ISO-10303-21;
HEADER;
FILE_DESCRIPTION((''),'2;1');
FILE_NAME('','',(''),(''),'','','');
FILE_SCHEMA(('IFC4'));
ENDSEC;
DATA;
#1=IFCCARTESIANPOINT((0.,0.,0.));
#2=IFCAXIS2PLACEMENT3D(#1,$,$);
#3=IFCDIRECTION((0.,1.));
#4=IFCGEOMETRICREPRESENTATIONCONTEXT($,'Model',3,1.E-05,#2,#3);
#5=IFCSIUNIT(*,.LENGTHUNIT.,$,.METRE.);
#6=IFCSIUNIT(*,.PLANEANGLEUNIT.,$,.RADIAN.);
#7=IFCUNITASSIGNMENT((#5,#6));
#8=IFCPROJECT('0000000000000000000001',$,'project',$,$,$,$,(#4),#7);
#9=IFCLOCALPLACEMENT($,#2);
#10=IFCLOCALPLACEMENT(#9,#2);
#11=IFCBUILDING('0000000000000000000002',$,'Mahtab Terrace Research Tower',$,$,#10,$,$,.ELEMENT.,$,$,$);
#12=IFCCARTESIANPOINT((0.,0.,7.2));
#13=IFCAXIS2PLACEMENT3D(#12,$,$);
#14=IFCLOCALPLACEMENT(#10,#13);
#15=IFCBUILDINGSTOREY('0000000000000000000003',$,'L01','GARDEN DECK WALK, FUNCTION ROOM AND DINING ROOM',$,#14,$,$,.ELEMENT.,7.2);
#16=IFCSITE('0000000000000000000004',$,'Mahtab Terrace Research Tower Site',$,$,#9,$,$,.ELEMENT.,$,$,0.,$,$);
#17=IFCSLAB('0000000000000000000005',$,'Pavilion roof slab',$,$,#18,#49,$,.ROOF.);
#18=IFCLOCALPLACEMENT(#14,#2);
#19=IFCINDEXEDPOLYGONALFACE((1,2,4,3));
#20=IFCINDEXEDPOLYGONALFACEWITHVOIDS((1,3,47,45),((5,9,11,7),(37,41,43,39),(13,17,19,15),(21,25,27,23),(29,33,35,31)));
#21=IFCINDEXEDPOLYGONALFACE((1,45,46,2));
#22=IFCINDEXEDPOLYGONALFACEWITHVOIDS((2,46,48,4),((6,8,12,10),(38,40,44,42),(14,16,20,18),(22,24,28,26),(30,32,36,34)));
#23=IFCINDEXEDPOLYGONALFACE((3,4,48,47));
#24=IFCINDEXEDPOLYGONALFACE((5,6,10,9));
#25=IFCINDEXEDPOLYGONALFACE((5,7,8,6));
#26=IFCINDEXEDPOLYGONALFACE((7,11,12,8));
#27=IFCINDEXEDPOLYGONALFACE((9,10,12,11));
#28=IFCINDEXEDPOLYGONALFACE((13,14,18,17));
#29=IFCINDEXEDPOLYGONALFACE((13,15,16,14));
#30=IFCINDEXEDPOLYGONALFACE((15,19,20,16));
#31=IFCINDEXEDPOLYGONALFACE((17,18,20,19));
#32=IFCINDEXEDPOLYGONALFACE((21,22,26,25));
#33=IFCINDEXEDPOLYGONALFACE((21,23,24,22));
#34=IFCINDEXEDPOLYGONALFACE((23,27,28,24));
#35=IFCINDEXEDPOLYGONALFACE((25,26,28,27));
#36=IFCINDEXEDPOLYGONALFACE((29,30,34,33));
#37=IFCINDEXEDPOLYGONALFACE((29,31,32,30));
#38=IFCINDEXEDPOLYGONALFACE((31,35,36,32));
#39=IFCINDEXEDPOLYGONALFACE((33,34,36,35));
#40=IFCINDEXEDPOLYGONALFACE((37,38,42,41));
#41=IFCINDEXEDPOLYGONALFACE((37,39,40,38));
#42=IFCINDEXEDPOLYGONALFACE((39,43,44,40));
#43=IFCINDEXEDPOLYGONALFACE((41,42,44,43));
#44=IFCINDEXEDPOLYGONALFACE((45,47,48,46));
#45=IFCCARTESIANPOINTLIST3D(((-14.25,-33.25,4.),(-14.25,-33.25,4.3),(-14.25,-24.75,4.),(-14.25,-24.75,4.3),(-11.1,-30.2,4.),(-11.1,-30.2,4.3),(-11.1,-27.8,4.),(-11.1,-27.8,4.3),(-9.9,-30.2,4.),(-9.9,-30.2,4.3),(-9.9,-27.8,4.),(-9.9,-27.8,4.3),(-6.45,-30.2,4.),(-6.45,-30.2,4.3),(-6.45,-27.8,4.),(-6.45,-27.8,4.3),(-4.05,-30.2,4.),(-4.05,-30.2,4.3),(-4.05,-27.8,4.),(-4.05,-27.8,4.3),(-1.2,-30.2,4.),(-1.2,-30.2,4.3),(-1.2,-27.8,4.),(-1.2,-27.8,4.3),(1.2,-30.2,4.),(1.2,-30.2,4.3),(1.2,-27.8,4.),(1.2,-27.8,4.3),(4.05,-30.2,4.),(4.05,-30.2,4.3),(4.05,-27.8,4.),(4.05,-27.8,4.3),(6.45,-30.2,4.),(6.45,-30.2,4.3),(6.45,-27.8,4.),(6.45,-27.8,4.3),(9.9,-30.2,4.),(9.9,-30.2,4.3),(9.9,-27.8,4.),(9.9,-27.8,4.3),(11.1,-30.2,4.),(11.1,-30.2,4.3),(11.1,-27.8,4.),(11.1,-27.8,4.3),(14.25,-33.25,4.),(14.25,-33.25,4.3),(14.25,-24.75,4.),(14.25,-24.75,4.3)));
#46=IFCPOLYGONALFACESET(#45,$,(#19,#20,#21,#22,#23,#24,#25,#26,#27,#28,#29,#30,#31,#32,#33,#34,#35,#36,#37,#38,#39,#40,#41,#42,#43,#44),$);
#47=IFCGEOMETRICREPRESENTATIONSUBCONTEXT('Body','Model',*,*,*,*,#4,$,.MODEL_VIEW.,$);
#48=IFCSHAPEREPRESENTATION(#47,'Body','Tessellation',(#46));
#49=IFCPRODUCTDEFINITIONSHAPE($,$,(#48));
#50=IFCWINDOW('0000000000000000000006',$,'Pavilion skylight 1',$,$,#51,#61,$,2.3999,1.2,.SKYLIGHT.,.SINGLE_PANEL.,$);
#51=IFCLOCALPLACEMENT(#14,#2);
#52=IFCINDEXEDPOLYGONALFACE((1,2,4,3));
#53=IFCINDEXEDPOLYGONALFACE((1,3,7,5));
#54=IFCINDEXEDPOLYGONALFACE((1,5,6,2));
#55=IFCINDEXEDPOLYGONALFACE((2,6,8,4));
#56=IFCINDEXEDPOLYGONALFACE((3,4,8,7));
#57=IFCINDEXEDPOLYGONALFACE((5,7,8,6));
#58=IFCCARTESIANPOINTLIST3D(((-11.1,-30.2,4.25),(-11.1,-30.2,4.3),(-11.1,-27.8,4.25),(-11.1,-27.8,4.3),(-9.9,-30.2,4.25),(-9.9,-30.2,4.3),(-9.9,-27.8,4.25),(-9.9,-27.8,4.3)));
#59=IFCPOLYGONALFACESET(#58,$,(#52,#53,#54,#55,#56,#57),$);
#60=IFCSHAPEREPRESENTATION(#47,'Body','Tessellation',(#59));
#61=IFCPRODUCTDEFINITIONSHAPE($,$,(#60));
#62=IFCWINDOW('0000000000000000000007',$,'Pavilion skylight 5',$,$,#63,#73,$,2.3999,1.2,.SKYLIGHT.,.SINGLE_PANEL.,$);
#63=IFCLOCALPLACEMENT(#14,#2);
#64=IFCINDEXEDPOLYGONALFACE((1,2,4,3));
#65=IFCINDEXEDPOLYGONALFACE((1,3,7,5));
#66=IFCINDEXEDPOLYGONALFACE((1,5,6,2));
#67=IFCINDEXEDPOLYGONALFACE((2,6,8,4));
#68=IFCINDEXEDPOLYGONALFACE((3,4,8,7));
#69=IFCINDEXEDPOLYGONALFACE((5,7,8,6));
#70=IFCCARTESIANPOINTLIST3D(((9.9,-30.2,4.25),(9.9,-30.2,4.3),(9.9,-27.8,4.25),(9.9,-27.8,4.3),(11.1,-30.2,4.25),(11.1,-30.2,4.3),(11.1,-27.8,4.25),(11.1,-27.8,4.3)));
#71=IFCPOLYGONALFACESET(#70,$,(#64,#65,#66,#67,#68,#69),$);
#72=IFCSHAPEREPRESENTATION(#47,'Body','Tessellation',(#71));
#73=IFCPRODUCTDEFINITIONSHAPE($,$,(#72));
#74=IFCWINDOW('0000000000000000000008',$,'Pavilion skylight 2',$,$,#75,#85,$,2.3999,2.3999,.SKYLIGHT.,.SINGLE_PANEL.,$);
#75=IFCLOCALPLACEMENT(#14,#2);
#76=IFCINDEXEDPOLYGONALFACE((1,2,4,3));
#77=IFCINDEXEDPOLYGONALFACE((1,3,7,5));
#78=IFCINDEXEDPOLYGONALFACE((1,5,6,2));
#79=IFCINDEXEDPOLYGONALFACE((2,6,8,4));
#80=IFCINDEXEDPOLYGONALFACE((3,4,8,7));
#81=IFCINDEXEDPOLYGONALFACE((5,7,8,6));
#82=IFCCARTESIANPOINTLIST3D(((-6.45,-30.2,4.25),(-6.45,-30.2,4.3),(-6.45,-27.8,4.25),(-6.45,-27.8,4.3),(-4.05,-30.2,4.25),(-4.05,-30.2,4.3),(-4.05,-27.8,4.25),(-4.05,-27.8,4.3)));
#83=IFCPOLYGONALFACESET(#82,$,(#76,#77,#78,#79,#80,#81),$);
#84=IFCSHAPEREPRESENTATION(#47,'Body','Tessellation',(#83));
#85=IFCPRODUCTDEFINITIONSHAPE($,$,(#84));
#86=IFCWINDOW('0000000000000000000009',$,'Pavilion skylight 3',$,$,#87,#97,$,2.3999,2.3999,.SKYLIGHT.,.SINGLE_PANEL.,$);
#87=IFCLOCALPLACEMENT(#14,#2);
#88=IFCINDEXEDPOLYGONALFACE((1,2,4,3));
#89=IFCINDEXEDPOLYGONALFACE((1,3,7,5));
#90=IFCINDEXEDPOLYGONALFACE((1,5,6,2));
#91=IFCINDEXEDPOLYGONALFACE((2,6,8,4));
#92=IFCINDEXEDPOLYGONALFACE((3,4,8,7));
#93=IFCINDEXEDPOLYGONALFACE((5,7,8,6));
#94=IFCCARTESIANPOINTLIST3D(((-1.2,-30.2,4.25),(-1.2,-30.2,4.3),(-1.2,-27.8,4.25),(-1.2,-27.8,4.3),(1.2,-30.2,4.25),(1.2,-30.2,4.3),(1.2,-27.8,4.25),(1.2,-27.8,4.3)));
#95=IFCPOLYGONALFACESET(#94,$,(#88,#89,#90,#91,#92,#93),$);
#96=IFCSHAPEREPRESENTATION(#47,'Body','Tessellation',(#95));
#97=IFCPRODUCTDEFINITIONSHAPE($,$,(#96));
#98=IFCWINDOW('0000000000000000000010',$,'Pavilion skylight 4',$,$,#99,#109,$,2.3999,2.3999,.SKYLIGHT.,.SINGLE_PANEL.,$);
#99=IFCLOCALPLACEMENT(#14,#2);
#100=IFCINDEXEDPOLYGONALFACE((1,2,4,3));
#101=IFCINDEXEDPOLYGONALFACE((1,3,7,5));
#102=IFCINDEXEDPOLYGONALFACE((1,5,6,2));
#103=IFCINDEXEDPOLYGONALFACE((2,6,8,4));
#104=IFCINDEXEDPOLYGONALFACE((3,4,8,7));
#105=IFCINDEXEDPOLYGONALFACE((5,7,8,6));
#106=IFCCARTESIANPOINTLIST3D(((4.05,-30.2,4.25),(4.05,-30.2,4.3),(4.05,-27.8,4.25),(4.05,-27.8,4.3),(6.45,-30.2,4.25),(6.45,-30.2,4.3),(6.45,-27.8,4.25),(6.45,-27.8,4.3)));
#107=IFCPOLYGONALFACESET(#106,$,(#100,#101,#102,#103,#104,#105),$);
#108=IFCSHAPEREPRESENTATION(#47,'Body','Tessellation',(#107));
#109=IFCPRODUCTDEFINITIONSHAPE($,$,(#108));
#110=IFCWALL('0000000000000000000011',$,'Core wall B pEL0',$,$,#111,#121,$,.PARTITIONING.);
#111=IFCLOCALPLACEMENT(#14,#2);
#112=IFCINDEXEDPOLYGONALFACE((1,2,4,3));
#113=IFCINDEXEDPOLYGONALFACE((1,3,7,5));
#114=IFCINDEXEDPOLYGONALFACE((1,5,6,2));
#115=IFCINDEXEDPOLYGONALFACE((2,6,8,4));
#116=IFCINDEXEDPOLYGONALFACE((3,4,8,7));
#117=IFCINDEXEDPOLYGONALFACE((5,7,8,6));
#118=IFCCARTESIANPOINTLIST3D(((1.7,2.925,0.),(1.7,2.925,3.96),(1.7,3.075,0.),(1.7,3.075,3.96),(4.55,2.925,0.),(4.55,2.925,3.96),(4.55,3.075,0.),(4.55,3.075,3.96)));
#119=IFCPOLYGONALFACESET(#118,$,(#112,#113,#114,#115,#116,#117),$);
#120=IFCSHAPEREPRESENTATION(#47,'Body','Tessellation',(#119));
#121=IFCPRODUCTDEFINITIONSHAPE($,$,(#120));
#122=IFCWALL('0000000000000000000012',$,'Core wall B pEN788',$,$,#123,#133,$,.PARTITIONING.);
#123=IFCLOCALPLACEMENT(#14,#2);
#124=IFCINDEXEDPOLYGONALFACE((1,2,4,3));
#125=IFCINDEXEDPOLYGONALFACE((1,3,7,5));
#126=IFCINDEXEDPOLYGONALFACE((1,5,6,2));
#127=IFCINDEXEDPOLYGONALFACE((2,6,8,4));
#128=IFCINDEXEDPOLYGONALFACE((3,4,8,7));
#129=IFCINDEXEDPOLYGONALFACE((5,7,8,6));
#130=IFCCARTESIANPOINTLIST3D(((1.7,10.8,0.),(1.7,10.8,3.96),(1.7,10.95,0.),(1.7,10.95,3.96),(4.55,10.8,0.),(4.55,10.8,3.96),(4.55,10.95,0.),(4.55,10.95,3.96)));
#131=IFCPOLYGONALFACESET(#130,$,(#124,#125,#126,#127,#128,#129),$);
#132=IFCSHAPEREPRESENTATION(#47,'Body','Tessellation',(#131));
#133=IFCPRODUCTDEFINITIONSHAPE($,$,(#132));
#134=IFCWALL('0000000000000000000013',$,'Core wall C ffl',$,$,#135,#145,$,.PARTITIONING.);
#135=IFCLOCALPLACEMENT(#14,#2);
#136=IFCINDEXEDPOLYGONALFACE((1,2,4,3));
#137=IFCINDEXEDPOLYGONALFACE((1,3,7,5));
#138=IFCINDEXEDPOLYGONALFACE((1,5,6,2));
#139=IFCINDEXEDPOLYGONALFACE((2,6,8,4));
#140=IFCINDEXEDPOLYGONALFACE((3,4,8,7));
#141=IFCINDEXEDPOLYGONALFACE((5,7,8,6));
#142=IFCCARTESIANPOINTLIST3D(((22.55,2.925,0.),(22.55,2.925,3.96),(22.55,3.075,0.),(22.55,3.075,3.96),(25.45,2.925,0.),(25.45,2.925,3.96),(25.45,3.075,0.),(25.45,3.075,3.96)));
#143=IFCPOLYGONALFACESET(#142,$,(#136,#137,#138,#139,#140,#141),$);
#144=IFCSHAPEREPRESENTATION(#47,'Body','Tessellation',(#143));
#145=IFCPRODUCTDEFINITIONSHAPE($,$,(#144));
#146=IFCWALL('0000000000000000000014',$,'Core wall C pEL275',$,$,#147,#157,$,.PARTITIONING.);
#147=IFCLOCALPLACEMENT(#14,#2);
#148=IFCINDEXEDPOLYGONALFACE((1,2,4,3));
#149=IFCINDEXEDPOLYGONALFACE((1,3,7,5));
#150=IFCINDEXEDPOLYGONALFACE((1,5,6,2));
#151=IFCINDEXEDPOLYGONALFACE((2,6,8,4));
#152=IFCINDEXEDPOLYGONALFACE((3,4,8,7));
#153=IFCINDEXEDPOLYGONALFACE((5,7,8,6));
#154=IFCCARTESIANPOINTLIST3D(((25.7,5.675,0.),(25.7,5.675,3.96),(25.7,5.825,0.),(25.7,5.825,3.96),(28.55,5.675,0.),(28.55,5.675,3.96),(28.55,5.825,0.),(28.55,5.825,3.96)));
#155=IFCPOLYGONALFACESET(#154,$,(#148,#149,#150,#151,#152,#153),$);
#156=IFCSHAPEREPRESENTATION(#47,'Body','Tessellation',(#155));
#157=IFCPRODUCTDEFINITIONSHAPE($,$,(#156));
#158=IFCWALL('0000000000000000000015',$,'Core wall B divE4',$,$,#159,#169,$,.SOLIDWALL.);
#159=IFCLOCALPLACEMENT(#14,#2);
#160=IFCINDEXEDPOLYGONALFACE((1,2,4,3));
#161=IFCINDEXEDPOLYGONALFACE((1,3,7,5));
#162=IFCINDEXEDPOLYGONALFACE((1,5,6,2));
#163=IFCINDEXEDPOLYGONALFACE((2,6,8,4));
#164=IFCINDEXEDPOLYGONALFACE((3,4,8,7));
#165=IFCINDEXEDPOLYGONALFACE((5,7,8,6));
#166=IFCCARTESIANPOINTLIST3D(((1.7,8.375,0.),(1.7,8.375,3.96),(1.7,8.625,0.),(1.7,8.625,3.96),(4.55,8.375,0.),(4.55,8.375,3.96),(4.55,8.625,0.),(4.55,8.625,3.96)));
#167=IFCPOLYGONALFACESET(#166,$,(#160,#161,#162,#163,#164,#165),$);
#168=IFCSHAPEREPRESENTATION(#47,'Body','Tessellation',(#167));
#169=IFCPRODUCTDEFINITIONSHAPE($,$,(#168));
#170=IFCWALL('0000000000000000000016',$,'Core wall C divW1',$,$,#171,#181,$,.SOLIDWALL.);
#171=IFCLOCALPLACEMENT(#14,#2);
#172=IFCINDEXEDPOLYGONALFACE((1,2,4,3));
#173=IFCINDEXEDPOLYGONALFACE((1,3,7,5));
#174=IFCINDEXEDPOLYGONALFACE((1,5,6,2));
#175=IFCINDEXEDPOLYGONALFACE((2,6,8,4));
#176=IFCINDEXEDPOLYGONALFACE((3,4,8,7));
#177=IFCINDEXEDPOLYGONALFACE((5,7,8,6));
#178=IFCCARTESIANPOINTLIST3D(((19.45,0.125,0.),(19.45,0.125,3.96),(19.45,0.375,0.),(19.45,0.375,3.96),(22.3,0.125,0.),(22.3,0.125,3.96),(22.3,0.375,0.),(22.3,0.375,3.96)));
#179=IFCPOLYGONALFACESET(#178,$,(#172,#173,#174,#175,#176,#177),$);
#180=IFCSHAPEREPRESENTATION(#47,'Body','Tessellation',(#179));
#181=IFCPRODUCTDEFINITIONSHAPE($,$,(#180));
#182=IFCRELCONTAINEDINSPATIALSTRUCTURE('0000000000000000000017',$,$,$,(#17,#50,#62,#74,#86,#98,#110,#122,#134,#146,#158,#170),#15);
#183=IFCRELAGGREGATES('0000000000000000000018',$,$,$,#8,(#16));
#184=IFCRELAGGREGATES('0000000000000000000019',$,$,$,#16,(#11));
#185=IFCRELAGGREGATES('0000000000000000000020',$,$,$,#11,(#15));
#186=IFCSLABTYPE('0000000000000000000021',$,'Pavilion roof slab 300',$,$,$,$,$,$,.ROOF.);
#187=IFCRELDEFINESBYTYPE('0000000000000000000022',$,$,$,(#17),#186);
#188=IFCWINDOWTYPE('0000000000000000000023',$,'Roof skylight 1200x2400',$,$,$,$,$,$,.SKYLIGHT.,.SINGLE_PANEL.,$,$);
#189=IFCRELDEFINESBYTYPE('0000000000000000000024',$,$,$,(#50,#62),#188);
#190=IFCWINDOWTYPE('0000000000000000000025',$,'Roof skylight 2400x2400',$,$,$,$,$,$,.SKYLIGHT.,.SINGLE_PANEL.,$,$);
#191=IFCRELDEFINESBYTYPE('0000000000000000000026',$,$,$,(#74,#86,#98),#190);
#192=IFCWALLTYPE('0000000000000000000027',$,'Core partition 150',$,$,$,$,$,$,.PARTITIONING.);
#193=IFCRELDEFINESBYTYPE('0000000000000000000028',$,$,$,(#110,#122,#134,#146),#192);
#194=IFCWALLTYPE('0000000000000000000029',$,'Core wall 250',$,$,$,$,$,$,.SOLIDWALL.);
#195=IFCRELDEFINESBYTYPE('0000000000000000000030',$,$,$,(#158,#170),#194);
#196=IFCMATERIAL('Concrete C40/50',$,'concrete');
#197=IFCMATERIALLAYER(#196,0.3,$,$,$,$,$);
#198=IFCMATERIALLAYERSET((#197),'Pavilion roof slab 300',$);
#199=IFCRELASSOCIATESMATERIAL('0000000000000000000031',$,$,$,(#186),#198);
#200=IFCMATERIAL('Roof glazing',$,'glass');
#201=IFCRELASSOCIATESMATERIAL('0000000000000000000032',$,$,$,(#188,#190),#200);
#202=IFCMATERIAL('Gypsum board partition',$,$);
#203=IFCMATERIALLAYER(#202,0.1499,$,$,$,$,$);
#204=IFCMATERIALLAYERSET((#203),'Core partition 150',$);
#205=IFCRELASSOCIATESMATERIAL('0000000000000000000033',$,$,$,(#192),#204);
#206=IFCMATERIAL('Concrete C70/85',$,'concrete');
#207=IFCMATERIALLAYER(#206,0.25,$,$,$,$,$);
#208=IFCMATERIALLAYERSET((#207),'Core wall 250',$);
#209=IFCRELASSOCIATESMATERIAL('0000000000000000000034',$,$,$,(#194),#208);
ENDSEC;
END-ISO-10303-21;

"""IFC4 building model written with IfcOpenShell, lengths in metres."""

from ifc_helpers import new_model, si_unit, direction, frame, frame_2d, origin, origin_2d, place, context, subcontext, project, spatial, polyline, rectangle, outline, extrude, material, layer, layer_set, type_object, element, fill, save


model = new_model("IFC4")

# Units and contexts
model_context = context("Model", 3, precision=1e-05, world=origin(), true_north=direction((0.0, 1.0)))
body_context = subcontext(model_context, "Body", "Model", "MODEL_VIEW")
ifc_project = project(units=[si_unit("LENGTHUNIT", "METRE"), si_unit("PLANEANGLEUNIT", "RADIAN")], contexts=[model_context])

# Site, building, storey
site_placement = place(None, origin())
site = spatial("IfcSite", under=ifc_project, at=site_placement, Name="Mahtab Terrace Research Tower Site", CompositionType="ELEMENT", RefElevation=0.0)
building_placement = place(site_placement, origin())
building = spatial("IfcBuilding", under=site, at=building_placement, Name="Mahtab Terrace Research Tower", CompositionType="ELEMENT")
storey_placement = place(building_placement, frame((0.0, 0.0, 7.2)))
storey = spatial("IfcBuildingStorey", under=building, at=storey_placement, Name="L01", Description="GARDEN DECK WALK, FUNCTION ROOM AND DINING ROOM", CompositionType="ELEMENT", Elevation=7.2)

# Shared definitions
ifc_material_1 = material(Name="Concrete C70/85", Category="concrete")

# Shared definitions
ifc_material_2 = material(Name="Concrete C40/50", Category="concrete")

# Slab, openings, windows
ifc_layer_1 = layer(ifc_material_2, 0.3)
ifc_layer_set_1 = layer_set([ifc_layer_1], Name="Pavilion roof slab 300")
slab_type_1 = type_object("IfcSlabType", Name="Pavilion roof slab 300", PredefinedType="ROOF", material=ifc_layer_set_1)
slab_1_placement = place(storey_placement, frame((0.0, 0.0, 4.0)))
slab_1 = element("IfcSlab", 1, at=slab_1_placement, inside=storey, type_object=slab_type_1, Name="Pavilion roof slab", PredefinedType="ROOF", context=body_context, shape_type="SweptSolid", body=[
    extrude(outline(polyline([(-14.25, -33.25), (14.25, -33.25), (14.25, -24.75), (-14.25, -24.75), (-14.25, -33.25)])), origin(), (0.0, 0.0, 1.0), 0.3),
])
opening_1_placement = place(slab_1_placement, frame((-10.5, -29.0, -0.01)))
opening_1 = element("IfcOpeningElement", 2, at=opening_1_placement, cuts=slab_1, PredefinedType="OPENING", context=body_context, shape_type="SweptSolid", body=[
    extrude(rectangle(XDim=1.2, YDim=2.3999, at=origin_2d()), origin(), (0.0, 0.0, 1.0), 0.3201),
])
opening_2_placement = place(slab_1_placement, frame((-5.25, -29.0, -0.01)))
opening_2 = element("IfcOpeningElement", 3, at=opening_2_placement, cuts=slab_1, PredefinedType="OPENING", context=body_context, shape_type="SweptSolid", body=[
    extrude(rectangle(XDim=2.3999, YDim=2.3999, at=origin_2d()), origin(), (0.0, 0.0, 1.0), 0.3201),
])
opening_3_placement = place(slab_1_placement, frame((0.0, -29.0, -0.01)))
opening_3 = element("IfcOpeningElement", 4, at=opening_3_placement, cuts=slab_1, PredefinedType="OPENING", context=body_context, shape_type="SweptSolid", body=[
    extrude(rectangle(XDim=2.3999, YDim=2.3999, at=origin_2d()), origin(), (0.0, 0.0, 1.0), 0.3201),
])
opening_4_placement = place(slab_1_placement, frame((5.25, -29.0, -0.01)))
opening_4 = element("IfcOpeningElement", 5, at=opening_4_placement, cuts=slab_1, PredefinedType="OPENING", context=body_context, shape_type="SweptSolid", body=[
    extrude(rectangle(XDim=2.3999, YDim=2.3999, at=origin_2d()), origin(), (0.0, 0.0, 1.0), 0.3201),
])
opening_5_placement = place(slab_1_placement, frame((10.5, -29.0, -0.01)))
opening_5 = element("IfcOpeningElement", 6, at=opening_5_placement, cuts=slab_1, PredefinedType="OPENING", context=body_context, shape_type="SweptSolid", body=[
    extrude(rectangle(XDim=1.2, YDim=2.3999, at=origin_2d()), origin(), (0.0, 0.0, 1.0), 0.3201),
])
ifc_material_3 = material(Name="Roof glazing", Category="glass")
window_type_1 = type_object("IfcWindowType", Name="Roof skylight 1200x2400", PartitioningType="SINGLE_PANEL", PredefinedType="SKYLIGHT", material=ifc_material_3)
window_1_placement = place(opening_1_placement, frame((0.0, 0.0, 0.26)))
window_1 = element("IfcWindow", 7, at=window_1_placement, inside=storey, type_object=window_type_1, Name="Pavilion skylight 1", OverallHeight=2.3999, OverallWidth=1.2, PartitioningType="SINGLE_PANEL", PredefinedType="SKYLIGHT", context=body_context, shape_type="SweptSolid", body=[
    extrude(rectangle(XDim=1.2, YDim=2.3999, at=origin_2d()), origin(), (0.0, 0.0, 1.0), 0.05),
])
fill(opening_1, window_1)
window_2_placement = place(opening_5_placement, frame((0.0, 0.0, 0.26)))
window_2 = element("IfcWindow", 8, at=window_2_placement, inside=storey, type_object=window_type_1, Name="Pavilion skylight 5", OverallHeight=2.3999, OverallWidth=1.2, PartitioningType="SINGLE_PANEL", PredefinedType="SKYLIGHT", context=body_context, shape_type="SweptSolid", body=[
    extrude(rectangle(XDim=1.2, YDim=2.3999, at=origin_2d()), origin(), (0.0, 0.0, 1.0), 0.05),
])
fill(opening_5, window_2)
window_type_2 = type_object("IfcWindowType", Name="Roof skylight 2400x2400", PartitioningType="SINGLE_PANEL", PredefinedType="SKYLIGHT", material=ifc_material_3)
window_3_placement = place(opening_2_placement, frame((0.0, 0.0, 0.26)))
window_3 = element("IfcWindow", 9, at=window_3_placement, inside=storey, type_object=window_type_2, Name="Pavilion skylight 2", OverallHeight=2.3999, OverallWidth=2.3999, PartitioningType="SINGLE_PANEL", PredefinedType="SKYLIGHT", context=body_context, shape_type="SweptSolid", body=[
    extrude(rectangle(XDim=2.3999, YDim=2.3999, at=origin_2d()), origin(), (0.0, 0.0, 1.0), 0.05),
])
fill(opening_2, window_3)
window_4_placement = place(opening_3_placement, frame((0.0, 0.0, 0.26)))
window_4 = element("IfcWindow", 10, at=window_4_placement, inside=storey, type_object=window_type_2, Name="Pavilion skylight 3", OverallHeight=2.3999, OverallWidth=2.3999, PartitioningType="SINGLE_PANEL", PredefinedType="SKYLIGHT", context=body_context, shape_type="SweptSolid", body=[
    extrude(rectangle(XDim=2.3999, YDim=2.3999, at=origin_2d()), origin(), (0.0, 0.0, 1.0), 0.05),
])
fill(opening_3, window_4)
window_5_placement = place(opening_4_placement, frame((0.0, 0.0, 0.26)))
window_5 = element("IfcWindow", 11, at=window_5_placement, inside=storey, type_object=window_type_2, Name="Pavilion skylight 4", OverallHeight=2.3999, OverallWidth=2.3999, PartitioningType="SINGLE_PANEL", PredefinedType="SKYLIGHT", context=body_context, shape_type="SweptSolid", body=[
    extrude(rectangle(XDim=2.3999, YDim=2.3999, at=origin_2d()), origin(), (0.0, 0.0, 1.0), 0.05),
])
fill(opening_4, window_5)

# Walls
ifc_material_4 = material(Name="Gypsum board partition")
ifc_layer_2 = layer(ifc_material_4, 0.1499)
ifc_layer_set_2 = layer_set([ifc_layer_2], Name="Core partition 150")
wall_type_1 = type_object("IfcWallType", Name="Core partition 150", PredefinedType="PARTITIONING", material=ifc_layer_set_2)
for number, where, z_axis, x_axis, name in (
    (12, (1.7, 3.0, 0.0), (0.0, 0.0, 1.0), (1.0, 0.0, 0.0), "Core wall B pEL0"),
    (13, (1.7, 10.875, 0.0), (0.0, 0.0, 1.0), (1.0, 0.0, 0.0), "Core wall B pEN788"),
):
    element("IfcWall", number, at=place(storey_placement, frame(where, z_axis=z_axis, x_axis=x_axis)), inside=storey, type_object=wall_type_1, Name=name, PredefinedType="PARTITIONING", context=body_context, shape_type="SweptSolid", body=[
        extrude(rectangle(XDim=2.8501, YDim=0.1499, at=frame_2d((1.425, 0.0))), origin(), (0.0, 0.0, 1.0), 3.96),
    ])
wall_1_placement = place(storey_placement, frame((22.55, 3.0, 0.0), z_axis=(0.0, 0.0, 1.0), x_axis=(1.0, 0.0, 0.0)))
element("IfcWall", 14, at=wall_1_placement, inside=storey, type_object=wall_type_1, Name="Core wall C ffl", PredefinedType="PARTITIONING", context=body_context, shape_type="SweptSolid", body=[
    extrude(rectangle(XDim=2.8999, YDim=0.1499, at=frame_2d((1.45, 0.0))), origin(), (0.0, 0.0, 1.0), 3.96),
])
wall_2_placement = place(storey_placement, frame((25.7, 5.75, 0.0), z_axis=(0.0, 0.0, 1.0), x_axis=(1.0, 0.0, 0.0)))
element("IfcWall", 15, at=wall_2_placement, inside=storey, type_object=wall_type_1, Name="Core wall C pEL275", PredefinedType="PARTITIONING", context=body_context, shape_type="SweptSolid", body=[
    extrude(rectangle(XDim=2.8501, YDim=0.1499, at=frame_2d((1.425, 0.0))), origin(), (0.0, 0.0, 1.0), 3.96),
])
ifc_layer_3 = layer(ifc_material_1, 0.25)
ifc_layer_set_3 = layer_set([ifc_layer_3], Name="Core wall 250")
wall_type_2 = type_object("IfcWallType", Name="Core wall 250", PredefinedType="SOLIDWALL", material=ifc_layer_set_3)
for number, where, z_axis, x_axis, name in (
    (16, (1.7, 8.5, 0.0), (0.0, 0.0, 1.0), (1.0, 0.0, 0.0), "Core wall B divE4"),
    (17, (19.45, 0.25, 0.0), (0.0, 0.0, 1.0), (1.0, 0.0, 0.0), "Core wall C divW1"),
):
    element("IfcWall", number, at=place(storey_placement, frame(where, z_axis=z_axis, x_axis=x_axis)), inside=storey, type_object=wall_type_2, Name=name, PredefinedType="SOLIDWALL", context=body_context, shape_type="SweptSolid", body=[
        extrude(rectangle(XDim=2.8501, YDim=0.25, at=frame_2d((1.425, 0.0))), origin(), (0.0, 0.0, 1.0), 3.96),
    ])

save(model, "model.ifc")
